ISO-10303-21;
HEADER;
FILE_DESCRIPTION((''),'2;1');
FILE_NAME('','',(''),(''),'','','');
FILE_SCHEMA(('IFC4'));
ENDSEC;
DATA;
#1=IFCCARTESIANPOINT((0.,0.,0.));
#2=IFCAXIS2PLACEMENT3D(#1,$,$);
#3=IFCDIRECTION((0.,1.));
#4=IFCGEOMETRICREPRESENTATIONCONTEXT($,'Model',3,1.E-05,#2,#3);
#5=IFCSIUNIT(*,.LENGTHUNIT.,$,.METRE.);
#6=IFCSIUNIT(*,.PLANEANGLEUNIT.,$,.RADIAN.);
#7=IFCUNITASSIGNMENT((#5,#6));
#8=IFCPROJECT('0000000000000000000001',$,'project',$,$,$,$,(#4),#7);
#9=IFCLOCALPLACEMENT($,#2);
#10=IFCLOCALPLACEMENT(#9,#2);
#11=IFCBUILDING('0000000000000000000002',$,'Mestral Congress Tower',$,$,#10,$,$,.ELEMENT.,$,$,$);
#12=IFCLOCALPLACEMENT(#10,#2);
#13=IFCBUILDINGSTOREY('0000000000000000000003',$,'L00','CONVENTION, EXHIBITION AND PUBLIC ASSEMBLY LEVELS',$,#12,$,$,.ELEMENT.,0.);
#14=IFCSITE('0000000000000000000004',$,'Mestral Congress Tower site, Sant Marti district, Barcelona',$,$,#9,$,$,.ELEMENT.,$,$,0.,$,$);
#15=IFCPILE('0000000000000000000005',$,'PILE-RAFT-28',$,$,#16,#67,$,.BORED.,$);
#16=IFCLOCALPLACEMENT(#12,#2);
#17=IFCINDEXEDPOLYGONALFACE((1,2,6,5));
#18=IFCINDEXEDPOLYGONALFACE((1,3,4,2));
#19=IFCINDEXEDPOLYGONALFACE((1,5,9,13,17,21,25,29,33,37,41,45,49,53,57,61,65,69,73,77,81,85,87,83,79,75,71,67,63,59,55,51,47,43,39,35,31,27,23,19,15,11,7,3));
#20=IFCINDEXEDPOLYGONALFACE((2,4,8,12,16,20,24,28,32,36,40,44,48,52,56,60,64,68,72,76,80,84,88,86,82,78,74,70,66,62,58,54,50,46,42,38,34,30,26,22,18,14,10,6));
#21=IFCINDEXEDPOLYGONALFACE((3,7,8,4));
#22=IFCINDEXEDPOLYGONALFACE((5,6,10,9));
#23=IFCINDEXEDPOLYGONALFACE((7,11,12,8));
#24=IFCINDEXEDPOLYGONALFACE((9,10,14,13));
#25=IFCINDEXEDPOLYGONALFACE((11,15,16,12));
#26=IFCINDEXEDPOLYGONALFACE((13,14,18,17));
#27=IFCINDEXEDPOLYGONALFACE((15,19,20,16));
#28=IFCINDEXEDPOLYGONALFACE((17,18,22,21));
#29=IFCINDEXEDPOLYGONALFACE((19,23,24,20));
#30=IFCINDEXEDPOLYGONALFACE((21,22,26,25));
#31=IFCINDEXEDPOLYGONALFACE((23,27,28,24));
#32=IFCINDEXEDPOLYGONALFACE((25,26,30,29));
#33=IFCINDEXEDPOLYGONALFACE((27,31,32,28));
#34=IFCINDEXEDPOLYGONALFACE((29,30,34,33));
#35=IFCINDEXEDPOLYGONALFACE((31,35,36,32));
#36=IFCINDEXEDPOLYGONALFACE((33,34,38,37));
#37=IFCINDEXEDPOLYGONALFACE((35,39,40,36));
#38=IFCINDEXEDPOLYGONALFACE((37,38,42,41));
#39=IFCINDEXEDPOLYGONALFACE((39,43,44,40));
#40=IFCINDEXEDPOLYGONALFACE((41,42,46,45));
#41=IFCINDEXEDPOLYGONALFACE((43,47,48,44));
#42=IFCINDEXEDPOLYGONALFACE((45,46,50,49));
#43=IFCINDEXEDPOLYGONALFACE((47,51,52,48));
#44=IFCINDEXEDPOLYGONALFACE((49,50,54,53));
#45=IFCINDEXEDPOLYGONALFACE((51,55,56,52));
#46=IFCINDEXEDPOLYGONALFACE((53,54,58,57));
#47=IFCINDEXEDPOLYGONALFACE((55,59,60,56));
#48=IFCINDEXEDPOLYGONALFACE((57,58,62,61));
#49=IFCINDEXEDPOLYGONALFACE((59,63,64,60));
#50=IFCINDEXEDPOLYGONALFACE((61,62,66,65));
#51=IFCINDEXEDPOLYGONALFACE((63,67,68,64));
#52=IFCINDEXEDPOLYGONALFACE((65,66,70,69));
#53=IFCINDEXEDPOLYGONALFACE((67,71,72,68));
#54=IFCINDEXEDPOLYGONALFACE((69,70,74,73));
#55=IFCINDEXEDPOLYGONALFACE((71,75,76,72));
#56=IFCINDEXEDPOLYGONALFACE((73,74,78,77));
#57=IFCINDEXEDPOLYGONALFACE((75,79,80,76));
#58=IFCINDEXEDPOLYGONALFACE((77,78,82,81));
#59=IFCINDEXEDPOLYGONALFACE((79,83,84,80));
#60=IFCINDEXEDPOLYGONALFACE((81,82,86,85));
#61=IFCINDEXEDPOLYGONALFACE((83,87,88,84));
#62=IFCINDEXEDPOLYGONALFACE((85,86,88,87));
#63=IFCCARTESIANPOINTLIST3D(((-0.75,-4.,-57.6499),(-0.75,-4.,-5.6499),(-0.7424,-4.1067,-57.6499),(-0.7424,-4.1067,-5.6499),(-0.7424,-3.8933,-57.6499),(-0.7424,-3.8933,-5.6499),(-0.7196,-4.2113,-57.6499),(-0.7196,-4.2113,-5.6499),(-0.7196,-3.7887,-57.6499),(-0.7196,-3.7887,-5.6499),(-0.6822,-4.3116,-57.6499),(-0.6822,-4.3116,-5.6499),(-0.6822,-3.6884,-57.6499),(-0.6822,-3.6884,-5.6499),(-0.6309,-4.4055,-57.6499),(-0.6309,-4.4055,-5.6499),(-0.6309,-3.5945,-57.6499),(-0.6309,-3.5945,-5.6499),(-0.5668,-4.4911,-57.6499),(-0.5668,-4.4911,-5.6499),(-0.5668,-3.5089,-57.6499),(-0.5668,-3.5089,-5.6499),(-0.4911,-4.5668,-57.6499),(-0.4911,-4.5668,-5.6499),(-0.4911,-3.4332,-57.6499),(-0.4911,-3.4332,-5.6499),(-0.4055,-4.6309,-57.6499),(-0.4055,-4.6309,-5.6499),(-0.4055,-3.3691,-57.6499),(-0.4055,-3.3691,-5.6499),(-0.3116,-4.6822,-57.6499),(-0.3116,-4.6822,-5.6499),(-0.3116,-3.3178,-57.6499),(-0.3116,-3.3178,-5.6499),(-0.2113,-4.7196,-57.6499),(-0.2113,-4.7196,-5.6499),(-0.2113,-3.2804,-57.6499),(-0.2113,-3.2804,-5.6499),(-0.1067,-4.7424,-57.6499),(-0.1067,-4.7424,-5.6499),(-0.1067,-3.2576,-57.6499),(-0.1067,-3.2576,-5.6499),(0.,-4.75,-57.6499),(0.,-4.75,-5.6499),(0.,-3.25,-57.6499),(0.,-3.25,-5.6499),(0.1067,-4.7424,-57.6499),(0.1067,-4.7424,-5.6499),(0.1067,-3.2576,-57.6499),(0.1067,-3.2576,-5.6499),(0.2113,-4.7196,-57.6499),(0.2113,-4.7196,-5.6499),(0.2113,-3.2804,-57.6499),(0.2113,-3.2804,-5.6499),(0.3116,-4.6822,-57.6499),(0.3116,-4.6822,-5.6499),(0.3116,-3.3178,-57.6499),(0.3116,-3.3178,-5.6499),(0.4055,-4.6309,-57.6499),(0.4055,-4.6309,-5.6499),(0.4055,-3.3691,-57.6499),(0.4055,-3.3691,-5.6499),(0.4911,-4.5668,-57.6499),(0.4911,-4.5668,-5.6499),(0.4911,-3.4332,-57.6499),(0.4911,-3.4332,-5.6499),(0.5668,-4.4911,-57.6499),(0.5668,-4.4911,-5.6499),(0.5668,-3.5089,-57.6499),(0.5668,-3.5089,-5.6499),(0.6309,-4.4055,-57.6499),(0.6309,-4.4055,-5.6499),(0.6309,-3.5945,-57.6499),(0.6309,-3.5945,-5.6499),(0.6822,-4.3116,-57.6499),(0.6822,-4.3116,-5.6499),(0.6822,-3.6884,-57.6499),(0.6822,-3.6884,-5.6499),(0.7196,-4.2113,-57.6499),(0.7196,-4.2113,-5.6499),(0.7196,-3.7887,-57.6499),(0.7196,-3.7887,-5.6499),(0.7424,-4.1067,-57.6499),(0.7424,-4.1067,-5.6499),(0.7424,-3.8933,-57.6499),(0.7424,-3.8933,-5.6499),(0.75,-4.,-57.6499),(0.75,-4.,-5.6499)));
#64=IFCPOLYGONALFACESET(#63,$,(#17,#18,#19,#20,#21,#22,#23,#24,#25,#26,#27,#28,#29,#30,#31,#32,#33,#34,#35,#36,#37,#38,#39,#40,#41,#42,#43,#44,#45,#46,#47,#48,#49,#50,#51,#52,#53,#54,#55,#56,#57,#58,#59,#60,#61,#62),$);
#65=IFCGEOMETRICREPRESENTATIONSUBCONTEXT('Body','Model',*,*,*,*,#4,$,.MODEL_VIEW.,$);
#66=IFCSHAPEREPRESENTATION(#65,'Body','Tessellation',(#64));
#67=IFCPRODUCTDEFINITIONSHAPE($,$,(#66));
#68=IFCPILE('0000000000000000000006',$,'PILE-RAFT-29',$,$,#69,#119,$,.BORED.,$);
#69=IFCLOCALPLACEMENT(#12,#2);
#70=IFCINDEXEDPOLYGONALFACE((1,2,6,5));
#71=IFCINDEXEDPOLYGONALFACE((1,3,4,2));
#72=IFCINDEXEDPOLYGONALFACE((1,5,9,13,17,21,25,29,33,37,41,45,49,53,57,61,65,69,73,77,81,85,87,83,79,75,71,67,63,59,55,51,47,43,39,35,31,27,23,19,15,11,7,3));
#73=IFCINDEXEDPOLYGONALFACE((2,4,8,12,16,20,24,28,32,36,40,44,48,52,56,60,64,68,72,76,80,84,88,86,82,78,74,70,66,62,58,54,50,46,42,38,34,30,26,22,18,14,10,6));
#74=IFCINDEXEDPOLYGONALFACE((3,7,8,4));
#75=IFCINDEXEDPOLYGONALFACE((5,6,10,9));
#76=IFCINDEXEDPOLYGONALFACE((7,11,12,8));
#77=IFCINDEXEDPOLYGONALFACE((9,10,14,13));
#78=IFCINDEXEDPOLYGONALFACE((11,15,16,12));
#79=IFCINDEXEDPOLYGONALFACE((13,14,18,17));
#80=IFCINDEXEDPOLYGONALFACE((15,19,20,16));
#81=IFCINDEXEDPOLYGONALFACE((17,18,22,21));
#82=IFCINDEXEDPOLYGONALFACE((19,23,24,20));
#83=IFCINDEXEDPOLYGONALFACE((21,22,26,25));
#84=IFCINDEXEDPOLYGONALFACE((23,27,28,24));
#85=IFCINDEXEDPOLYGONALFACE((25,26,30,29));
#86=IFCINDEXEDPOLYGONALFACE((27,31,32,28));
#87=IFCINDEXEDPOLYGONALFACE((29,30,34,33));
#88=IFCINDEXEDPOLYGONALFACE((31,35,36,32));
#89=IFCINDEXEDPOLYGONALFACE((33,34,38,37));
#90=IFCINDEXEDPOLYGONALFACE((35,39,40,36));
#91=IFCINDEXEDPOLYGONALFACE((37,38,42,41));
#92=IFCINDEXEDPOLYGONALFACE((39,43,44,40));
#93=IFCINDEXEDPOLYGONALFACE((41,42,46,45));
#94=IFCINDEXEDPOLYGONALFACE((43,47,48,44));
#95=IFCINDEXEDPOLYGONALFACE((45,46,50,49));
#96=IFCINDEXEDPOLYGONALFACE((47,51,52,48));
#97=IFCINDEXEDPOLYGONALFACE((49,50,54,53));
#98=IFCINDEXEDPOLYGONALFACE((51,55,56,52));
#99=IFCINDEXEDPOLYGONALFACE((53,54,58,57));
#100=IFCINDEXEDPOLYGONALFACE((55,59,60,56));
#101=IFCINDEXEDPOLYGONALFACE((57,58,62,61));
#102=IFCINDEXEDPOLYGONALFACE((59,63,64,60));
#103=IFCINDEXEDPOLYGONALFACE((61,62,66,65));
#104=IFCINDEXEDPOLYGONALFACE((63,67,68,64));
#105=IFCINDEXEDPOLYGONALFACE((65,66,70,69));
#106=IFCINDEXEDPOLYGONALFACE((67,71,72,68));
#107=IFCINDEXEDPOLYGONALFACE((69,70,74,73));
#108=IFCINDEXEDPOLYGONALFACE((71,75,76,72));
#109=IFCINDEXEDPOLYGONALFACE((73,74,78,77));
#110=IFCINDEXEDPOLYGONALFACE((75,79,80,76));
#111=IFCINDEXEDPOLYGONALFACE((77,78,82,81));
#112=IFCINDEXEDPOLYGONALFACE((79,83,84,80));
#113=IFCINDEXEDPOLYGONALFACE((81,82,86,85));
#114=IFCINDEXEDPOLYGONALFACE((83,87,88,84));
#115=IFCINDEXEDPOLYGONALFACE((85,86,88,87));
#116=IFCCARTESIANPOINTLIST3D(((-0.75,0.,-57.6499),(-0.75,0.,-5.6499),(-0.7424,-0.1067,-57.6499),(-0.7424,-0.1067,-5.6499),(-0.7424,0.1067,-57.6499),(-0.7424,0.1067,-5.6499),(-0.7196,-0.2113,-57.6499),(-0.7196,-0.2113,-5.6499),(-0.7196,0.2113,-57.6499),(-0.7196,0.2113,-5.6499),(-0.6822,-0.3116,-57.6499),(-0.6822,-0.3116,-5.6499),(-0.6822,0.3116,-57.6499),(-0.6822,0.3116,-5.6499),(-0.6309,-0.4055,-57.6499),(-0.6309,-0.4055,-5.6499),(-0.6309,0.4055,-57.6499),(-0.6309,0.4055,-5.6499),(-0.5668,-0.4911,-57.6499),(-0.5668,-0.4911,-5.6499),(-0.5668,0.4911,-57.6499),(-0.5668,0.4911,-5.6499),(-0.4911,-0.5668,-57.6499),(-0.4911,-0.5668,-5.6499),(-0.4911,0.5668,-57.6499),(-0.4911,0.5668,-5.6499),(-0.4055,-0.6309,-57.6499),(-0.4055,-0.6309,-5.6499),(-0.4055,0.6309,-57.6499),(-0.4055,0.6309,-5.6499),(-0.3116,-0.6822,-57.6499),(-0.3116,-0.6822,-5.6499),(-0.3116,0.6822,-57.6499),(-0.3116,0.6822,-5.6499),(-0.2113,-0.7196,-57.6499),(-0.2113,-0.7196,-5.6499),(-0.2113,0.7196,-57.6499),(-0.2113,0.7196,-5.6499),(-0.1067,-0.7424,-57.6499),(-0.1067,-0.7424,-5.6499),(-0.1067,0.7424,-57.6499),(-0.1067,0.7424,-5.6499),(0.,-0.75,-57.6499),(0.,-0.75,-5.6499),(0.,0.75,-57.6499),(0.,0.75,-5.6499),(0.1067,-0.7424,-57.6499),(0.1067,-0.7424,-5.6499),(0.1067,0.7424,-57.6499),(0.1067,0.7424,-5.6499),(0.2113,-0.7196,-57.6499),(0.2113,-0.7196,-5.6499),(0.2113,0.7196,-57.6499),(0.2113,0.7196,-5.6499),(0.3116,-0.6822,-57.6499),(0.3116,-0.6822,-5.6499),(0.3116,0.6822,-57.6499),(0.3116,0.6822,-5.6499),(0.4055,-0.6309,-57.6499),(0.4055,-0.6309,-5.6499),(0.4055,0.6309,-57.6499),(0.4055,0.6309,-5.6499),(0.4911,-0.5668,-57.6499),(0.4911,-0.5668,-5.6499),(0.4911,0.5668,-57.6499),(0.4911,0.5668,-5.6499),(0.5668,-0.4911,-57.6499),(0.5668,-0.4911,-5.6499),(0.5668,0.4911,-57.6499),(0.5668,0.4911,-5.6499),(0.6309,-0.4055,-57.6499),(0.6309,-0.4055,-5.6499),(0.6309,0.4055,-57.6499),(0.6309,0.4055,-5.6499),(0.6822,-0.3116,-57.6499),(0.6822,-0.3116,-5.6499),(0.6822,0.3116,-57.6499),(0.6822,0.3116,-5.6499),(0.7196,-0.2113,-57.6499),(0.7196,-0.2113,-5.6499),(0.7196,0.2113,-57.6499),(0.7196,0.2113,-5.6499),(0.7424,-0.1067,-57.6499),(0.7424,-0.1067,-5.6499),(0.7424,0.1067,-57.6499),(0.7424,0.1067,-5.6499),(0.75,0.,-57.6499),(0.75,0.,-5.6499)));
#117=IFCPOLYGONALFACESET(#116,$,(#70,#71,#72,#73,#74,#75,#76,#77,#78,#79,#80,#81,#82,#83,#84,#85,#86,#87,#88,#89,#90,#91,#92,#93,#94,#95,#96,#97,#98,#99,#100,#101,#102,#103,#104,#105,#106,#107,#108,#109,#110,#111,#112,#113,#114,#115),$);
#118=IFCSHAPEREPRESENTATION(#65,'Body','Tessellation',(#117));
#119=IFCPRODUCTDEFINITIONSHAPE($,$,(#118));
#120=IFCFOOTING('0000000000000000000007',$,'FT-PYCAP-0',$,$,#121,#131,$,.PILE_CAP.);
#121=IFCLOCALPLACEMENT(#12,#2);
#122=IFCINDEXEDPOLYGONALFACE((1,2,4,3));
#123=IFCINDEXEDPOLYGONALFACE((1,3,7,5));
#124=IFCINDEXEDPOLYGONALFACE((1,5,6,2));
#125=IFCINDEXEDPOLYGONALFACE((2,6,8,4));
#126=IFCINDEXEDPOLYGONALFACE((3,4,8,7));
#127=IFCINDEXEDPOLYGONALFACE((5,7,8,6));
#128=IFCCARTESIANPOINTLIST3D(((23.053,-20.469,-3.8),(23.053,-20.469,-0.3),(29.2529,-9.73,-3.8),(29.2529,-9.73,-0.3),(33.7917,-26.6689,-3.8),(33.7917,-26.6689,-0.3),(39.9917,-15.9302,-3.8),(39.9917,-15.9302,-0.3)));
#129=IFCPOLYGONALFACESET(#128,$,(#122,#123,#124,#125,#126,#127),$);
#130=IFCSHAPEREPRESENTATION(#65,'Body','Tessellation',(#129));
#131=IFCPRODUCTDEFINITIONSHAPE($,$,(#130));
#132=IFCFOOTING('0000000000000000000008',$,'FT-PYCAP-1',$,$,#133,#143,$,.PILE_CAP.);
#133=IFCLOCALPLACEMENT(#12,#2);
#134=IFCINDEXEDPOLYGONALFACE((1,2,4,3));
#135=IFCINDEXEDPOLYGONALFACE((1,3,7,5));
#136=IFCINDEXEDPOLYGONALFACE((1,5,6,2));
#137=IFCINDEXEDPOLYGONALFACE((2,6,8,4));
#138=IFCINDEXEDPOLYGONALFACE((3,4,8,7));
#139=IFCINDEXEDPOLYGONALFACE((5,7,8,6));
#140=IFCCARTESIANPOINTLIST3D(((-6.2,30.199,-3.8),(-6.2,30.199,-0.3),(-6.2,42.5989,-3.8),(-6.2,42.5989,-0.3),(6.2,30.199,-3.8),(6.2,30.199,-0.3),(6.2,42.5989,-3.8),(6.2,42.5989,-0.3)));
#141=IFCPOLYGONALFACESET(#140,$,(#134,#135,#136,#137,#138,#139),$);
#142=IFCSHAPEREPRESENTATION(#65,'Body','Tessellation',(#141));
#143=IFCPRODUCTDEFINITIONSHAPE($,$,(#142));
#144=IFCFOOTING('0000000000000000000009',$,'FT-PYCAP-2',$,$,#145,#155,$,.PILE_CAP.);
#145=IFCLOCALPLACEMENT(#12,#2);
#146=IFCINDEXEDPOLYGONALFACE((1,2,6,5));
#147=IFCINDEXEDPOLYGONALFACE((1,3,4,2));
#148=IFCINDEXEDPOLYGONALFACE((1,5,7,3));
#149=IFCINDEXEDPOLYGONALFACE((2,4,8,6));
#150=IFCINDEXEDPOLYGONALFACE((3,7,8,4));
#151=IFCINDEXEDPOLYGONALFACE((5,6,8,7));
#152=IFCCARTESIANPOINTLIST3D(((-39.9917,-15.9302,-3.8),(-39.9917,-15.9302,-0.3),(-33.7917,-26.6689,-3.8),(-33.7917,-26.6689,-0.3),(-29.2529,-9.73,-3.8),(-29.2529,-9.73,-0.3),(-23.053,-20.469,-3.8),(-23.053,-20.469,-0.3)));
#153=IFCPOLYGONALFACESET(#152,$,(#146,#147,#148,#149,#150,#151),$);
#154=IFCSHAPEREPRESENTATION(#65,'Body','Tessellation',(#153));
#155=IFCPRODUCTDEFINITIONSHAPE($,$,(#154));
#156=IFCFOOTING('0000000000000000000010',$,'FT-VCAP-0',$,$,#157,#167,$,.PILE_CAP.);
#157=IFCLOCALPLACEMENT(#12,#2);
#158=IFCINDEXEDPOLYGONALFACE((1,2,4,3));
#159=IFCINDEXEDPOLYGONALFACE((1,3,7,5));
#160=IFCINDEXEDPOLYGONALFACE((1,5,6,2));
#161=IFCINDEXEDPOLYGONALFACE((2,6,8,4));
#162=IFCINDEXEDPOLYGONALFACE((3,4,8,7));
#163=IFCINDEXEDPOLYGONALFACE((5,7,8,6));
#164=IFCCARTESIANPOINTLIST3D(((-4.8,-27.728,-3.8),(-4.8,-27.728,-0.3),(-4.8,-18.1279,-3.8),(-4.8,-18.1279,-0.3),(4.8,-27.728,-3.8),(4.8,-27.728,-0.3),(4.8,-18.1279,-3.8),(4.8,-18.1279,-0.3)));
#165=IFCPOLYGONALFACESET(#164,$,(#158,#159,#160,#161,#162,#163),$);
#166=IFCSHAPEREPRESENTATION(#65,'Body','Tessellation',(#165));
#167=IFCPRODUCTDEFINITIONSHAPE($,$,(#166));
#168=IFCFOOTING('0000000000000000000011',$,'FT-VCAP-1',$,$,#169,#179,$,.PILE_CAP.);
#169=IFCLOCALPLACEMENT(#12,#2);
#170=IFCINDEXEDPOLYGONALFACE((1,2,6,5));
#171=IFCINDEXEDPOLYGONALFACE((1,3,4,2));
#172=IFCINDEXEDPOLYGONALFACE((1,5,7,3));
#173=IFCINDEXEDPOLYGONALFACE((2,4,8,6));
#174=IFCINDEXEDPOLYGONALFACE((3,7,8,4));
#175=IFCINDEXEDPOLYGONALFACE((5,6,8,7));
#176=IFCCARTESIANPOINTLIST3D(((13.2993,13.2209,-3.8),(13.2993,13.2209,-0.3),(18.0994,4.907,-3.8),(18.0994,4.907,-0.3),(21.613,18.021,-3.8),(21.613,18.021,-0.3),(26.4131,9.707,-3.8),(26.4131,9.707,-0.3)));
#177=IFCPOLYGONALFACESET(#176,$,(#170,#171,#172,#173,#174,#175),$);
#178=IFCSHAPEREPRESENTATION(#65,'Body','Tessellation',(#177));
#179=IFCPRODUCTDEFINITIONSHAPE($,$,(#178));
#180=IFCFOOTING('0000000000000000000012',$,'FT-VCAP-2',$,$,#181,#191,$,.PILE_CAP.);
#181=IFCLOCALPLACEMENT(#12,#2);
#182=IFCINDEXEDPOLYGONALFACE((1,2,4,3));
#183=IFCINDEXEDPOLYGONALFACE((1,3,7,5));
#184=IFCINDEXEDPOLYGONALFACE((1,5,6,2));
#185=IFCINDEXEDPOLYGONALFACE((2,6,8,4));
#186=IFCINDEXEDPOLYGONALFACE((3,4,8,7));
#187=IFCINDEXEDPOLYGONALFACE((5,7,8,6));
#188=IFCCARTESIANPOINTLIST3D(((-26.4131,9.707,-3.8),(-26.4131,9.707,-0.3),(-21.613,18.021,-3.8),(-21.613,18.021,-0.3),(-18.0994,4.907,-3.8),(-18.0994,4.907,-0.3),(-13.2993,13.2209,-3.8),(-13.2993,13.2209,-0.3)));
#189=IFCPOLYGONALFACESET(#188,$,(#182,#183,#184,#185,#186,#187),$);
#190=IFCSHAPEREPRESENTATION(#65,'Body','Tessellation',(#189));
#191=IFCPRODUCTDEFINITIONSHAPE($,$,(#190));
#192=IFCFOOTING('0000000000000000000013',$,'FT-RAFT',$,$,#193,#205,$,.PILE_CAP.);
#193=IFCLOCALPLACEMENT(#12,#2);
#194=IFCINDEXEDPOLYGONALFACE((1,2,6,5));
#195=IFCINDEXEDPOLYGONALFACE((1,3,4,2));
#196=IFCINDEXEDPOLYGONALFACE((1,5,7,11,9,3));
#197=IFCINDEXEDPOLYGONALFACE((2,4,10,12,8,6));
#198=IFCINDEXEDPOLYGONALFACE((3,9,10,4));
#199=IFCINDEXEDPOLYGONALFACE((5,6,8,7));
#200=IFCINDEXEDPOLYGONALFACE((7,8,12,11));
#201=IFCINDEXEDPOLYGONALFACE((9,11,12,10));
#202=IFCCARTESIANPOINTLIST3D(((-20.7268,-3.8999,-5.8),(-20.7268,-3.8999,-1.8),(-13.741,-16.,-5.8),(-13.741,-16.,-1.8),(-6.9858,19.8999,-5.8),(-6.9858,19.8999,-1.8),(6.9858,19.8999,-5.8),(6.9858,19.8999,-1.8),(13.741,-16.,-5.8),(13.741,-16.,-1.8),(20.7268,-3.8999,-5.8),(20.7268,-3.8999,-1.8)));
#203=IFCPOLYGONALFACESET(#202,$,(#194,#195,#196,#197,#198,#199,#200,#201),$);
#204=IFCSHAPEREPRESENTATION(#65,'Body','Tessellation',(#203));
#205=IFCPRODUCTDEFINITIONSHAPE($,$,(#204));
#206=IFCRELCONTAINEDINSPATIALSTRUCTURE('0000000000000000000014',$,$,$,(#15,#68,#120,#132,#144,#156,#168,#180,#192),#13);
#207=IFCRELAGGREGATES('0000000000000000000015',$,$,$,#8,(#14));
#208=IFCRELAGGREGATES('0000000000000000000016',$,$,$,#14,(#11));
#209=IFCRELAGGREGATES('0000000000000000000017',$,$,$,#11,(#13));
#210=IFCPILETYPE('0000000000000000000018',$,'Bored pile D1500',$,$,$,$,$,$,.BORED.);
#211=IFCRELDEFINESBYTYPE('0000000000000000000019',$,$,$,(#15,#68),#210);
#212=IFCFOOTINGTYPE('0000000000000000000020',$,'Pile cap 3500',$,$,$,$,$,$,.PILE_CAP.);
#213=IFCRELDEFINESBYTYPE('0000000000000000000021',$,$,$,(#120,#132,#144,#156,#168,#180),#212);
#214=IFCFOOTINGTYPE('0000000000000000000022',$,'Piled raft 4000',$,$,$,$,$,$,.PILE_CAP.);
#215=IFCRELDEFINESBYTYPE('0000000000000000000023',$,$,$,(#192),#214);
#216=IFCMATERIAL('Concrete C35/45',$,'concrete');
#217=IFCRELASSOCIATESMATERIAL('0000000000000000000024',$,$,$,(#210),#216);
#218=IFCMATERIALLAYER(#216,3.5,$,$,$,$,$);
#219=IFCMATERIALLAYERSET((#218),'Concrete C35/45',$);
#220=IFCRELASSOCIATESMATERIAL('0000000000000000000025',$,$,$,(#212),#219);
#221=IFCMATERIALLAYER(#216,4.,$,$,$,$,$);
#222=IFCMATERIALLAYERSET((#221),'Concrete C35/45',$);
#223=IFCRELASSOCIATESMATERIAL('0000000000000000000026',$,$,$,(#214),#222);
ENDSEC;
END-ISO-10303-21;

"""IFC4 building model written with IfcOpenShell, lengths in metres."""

from ifc_helpers import new_model, si_unit, direction, frame, origin, origin_2d, place, context, subcontext, project, spatial, polyline, circle, outline, extrude, material, layer, layer_set, material_profile, profile_set, type_object, element, save


model = new_model("IFC4")

# Units and contexts
model_context = context("Model", 3, precision=1e-05, world=origin(), true_north=direction((0.0, 1.0)))
body_context = subcontext(model_context, "Body", "Model", "MODEL_VIEW")
ifc_project = project(units=[si_unit("LENGTHUNIT", "METRE"), si_unit("PLANEANGLEUNIT", "RADIAN")], contexts=[model_context])

# Site, building, storey
site_placement = place(None, origin())
site = spatial("IfcSite", under=ifc_project, at=site_placement, Name="Mestral Congress Tower site, Sant Marti district, Barcelona", CompositionType="ELEMENT", RefElevation=0.0)
building_placement = place(site_placement, origin())
building = spatial("IfcBuilding", under=site, at=building_placement, Name="Mestral Congress Tower", CompositionType="ELEMENT")
storey_placement = place(building_placement, origin())
storey = spatial("IfcBuildingStorey", under=building, at=storey_placement, Name="L00", Description="CONVENTION, EXHIBITION AND PUBLIC ASSEMBLY LEVELS", CompositionType="ELEMENT", Elevation=0.0)

# Piles
ifc_material_1 = material(Name="Concrete C35/45", Category="concrete")
ifc_material_profile = material_profile(ifc_material_1, circle(Radius=0.75, at=origin_2d()), Name="D1500")
ifc_profile_set = profile_set([ifc_material_profile], Name="Concrete C35/45")
pile_type = type_object("IfcPileType", Name="Bored pile D1500", PredefinedType="BORED", material=ifc_profile_set)
for number, where, z_axis, x_axis, name in (
    (1, (0.0, -4.0, -5.6499), (0.0, 0.0, -1.0), (1.0, 0.0, 0.0), "PILE-RAFT-28"),
    (2, (0.0, 0.0, -5.6499), (0.0, 0.0, -1.0), (1.0, 0.0, 0.0), "PILE-RAFT-29"),
):
    element("IfcPile", number, at=place(storey_placement, frame(where, z_axis=z_axis, x_axis=x_axis)), inside=storey, type_object=pile_type, Name=name, PredefinedType="BORED", context=body_context, shape_type="SweptSolid", body=[
        extrude(circle(Radius=0.75, at=origin_2d()), origin(), (0.0, 0.0, 1.0), 52.0),
    ])

# Footings
ifc_layer_1 = layer(ifc_material_1, 3.5)
ifc_layer_set_1 = layer_set([ifc_layer_1], Name="Concrete C35/45")
footing_type_1 = type_object("IfcFootingType", Name="Pile cap 3500", PredefinedType="PILE_CAP", material=ifc_layer_set_1)
placement_1 = place(storey_placement, frame((0.0, 0.0, -3.8)))
element("IfcFooting", 3, at=placement_1, inside=storey, type_object=footing_type_1, Name="FT-PYCAP-0", PredefinedType="PILE_CAP", context=body_context, shape_type="SweptSolid", body=[
    extrude(outline(polyline([(23.053, -20.469), (33.7917, -26.6689), (39.9917, -15.9302), (29.2529, -9.73), (23.053, -20.469)])), origin(), (0.0, 0.0, 1.0), 3.5),
])
element("IfcFooting", 4, at=placement_1, inside=storey, type_object=footing_type_1, Name="FT-PYCAP-1", PredefinedType="PILE_CAP", context=body_context, shape_type="SweptSolid", body=[
    extrude(outline(polyline([(6.2, 30.199), (6.2, 42.5989), (-6.2, 42.5989), (-6.2, 30.199), (6.2, 30.199)])), origin(), (0.0, 0.0, 1.0), 3.5),
])
element("IfcFooting", 5, at=placement_1, inside=storey, type_object=footing_type_1, Name="FT-PYCAP-2", PredefinedType="PILE_CAP", context=body_context, shape_type="SweptSolid", body=[
    extrude(outline(polyline([(-29.2529, -9.73), (-39.9917, -15.9302), (-33.7917, -26.6689), (-23.053, -20.469), (-29.2529, -9.73)])), origin(), (0.0, 0.0, 1.0), 3.5),
])
element("IfcFooting", 6, at=placement_1, inside=storey, type_object=footing_type_1, Name="FT-VCAP-0", PredefinedType="PILE_CAP", context=body_context, shape_type="SweptSolid", body=[
    extrude(outline(polyline([(-4.8, -27.728), (4.8, -27.728), (4.8, -18.1279), (-4.8, -18.1279), (-4.8, -27.728)])), origin(), (0.0, 0.0, 1.0), 3.5),
])
element("IfcFooting", 7, at=placement_1, inside=storey, type_object=footing_type_1, Name="FT-VCAP-1", PredefinedType="PILE_CAP", context=body_context, shape_type="SweptSolid", body=[
    extrude(outline(polyline([(26.4131, 9.707), (21.613, 18.021), (13.2993, 13.2209), (18.0994, 4.907), (26.4131, 9.707)])), origin(), (0.0, 0.0, 1.0), 3.5),
])
element("IfcFooting", 8, at=placement_1, inside=storey, type_object=footing_type_1, Name="FT-VCAP-2", PredefinedType="PILE_CAP", context=body_context, shape_type="SweptSolid", body=[
    extrude(outline(polyline([(-21.613, 18.021), (-26.4131, 9.707), (-18.0994, 4.907), (-13.2993, 13.2209), (-21.613, 18.021)])), origin(), (0.0, 0.0, 1.0), 3.5),
])
ifc_layer_2 = layer(ifc_material_1, 4.0)
ifc_layer_set_2 = layer_set([ifc_layer_2], Name="Concrete C35/45")
footing_type_2 = type_object("IfcFootingType", Name="Piled raft 4000", PredefinedType="PILE_CAP", material=ifc_layer_set_2)
footing_1_placement = place(storey_placement, frame((0.0, 0.0, -5.8)))
element("IfcFooting", 9, at=footing_1_placement, inside=storey, type_object=footing_type_2, Name="FT-RAFT", PredefinedType="PILE_CAP", context=body_context, shape_type="SweptSolid", body=[
    extrude(outline(polyline([(-6.9858, 19.8999), (-20.7268, -3.8999), (-13.741, -16.0), (13.741, -16.0), (20.7268, -3.8999), (6.9858, 19.8999), (-6.9858, 19.8999)])), origin(), (0.0, 0.0, 1.0), 4.0),
])

save(model, "model.ifc")
